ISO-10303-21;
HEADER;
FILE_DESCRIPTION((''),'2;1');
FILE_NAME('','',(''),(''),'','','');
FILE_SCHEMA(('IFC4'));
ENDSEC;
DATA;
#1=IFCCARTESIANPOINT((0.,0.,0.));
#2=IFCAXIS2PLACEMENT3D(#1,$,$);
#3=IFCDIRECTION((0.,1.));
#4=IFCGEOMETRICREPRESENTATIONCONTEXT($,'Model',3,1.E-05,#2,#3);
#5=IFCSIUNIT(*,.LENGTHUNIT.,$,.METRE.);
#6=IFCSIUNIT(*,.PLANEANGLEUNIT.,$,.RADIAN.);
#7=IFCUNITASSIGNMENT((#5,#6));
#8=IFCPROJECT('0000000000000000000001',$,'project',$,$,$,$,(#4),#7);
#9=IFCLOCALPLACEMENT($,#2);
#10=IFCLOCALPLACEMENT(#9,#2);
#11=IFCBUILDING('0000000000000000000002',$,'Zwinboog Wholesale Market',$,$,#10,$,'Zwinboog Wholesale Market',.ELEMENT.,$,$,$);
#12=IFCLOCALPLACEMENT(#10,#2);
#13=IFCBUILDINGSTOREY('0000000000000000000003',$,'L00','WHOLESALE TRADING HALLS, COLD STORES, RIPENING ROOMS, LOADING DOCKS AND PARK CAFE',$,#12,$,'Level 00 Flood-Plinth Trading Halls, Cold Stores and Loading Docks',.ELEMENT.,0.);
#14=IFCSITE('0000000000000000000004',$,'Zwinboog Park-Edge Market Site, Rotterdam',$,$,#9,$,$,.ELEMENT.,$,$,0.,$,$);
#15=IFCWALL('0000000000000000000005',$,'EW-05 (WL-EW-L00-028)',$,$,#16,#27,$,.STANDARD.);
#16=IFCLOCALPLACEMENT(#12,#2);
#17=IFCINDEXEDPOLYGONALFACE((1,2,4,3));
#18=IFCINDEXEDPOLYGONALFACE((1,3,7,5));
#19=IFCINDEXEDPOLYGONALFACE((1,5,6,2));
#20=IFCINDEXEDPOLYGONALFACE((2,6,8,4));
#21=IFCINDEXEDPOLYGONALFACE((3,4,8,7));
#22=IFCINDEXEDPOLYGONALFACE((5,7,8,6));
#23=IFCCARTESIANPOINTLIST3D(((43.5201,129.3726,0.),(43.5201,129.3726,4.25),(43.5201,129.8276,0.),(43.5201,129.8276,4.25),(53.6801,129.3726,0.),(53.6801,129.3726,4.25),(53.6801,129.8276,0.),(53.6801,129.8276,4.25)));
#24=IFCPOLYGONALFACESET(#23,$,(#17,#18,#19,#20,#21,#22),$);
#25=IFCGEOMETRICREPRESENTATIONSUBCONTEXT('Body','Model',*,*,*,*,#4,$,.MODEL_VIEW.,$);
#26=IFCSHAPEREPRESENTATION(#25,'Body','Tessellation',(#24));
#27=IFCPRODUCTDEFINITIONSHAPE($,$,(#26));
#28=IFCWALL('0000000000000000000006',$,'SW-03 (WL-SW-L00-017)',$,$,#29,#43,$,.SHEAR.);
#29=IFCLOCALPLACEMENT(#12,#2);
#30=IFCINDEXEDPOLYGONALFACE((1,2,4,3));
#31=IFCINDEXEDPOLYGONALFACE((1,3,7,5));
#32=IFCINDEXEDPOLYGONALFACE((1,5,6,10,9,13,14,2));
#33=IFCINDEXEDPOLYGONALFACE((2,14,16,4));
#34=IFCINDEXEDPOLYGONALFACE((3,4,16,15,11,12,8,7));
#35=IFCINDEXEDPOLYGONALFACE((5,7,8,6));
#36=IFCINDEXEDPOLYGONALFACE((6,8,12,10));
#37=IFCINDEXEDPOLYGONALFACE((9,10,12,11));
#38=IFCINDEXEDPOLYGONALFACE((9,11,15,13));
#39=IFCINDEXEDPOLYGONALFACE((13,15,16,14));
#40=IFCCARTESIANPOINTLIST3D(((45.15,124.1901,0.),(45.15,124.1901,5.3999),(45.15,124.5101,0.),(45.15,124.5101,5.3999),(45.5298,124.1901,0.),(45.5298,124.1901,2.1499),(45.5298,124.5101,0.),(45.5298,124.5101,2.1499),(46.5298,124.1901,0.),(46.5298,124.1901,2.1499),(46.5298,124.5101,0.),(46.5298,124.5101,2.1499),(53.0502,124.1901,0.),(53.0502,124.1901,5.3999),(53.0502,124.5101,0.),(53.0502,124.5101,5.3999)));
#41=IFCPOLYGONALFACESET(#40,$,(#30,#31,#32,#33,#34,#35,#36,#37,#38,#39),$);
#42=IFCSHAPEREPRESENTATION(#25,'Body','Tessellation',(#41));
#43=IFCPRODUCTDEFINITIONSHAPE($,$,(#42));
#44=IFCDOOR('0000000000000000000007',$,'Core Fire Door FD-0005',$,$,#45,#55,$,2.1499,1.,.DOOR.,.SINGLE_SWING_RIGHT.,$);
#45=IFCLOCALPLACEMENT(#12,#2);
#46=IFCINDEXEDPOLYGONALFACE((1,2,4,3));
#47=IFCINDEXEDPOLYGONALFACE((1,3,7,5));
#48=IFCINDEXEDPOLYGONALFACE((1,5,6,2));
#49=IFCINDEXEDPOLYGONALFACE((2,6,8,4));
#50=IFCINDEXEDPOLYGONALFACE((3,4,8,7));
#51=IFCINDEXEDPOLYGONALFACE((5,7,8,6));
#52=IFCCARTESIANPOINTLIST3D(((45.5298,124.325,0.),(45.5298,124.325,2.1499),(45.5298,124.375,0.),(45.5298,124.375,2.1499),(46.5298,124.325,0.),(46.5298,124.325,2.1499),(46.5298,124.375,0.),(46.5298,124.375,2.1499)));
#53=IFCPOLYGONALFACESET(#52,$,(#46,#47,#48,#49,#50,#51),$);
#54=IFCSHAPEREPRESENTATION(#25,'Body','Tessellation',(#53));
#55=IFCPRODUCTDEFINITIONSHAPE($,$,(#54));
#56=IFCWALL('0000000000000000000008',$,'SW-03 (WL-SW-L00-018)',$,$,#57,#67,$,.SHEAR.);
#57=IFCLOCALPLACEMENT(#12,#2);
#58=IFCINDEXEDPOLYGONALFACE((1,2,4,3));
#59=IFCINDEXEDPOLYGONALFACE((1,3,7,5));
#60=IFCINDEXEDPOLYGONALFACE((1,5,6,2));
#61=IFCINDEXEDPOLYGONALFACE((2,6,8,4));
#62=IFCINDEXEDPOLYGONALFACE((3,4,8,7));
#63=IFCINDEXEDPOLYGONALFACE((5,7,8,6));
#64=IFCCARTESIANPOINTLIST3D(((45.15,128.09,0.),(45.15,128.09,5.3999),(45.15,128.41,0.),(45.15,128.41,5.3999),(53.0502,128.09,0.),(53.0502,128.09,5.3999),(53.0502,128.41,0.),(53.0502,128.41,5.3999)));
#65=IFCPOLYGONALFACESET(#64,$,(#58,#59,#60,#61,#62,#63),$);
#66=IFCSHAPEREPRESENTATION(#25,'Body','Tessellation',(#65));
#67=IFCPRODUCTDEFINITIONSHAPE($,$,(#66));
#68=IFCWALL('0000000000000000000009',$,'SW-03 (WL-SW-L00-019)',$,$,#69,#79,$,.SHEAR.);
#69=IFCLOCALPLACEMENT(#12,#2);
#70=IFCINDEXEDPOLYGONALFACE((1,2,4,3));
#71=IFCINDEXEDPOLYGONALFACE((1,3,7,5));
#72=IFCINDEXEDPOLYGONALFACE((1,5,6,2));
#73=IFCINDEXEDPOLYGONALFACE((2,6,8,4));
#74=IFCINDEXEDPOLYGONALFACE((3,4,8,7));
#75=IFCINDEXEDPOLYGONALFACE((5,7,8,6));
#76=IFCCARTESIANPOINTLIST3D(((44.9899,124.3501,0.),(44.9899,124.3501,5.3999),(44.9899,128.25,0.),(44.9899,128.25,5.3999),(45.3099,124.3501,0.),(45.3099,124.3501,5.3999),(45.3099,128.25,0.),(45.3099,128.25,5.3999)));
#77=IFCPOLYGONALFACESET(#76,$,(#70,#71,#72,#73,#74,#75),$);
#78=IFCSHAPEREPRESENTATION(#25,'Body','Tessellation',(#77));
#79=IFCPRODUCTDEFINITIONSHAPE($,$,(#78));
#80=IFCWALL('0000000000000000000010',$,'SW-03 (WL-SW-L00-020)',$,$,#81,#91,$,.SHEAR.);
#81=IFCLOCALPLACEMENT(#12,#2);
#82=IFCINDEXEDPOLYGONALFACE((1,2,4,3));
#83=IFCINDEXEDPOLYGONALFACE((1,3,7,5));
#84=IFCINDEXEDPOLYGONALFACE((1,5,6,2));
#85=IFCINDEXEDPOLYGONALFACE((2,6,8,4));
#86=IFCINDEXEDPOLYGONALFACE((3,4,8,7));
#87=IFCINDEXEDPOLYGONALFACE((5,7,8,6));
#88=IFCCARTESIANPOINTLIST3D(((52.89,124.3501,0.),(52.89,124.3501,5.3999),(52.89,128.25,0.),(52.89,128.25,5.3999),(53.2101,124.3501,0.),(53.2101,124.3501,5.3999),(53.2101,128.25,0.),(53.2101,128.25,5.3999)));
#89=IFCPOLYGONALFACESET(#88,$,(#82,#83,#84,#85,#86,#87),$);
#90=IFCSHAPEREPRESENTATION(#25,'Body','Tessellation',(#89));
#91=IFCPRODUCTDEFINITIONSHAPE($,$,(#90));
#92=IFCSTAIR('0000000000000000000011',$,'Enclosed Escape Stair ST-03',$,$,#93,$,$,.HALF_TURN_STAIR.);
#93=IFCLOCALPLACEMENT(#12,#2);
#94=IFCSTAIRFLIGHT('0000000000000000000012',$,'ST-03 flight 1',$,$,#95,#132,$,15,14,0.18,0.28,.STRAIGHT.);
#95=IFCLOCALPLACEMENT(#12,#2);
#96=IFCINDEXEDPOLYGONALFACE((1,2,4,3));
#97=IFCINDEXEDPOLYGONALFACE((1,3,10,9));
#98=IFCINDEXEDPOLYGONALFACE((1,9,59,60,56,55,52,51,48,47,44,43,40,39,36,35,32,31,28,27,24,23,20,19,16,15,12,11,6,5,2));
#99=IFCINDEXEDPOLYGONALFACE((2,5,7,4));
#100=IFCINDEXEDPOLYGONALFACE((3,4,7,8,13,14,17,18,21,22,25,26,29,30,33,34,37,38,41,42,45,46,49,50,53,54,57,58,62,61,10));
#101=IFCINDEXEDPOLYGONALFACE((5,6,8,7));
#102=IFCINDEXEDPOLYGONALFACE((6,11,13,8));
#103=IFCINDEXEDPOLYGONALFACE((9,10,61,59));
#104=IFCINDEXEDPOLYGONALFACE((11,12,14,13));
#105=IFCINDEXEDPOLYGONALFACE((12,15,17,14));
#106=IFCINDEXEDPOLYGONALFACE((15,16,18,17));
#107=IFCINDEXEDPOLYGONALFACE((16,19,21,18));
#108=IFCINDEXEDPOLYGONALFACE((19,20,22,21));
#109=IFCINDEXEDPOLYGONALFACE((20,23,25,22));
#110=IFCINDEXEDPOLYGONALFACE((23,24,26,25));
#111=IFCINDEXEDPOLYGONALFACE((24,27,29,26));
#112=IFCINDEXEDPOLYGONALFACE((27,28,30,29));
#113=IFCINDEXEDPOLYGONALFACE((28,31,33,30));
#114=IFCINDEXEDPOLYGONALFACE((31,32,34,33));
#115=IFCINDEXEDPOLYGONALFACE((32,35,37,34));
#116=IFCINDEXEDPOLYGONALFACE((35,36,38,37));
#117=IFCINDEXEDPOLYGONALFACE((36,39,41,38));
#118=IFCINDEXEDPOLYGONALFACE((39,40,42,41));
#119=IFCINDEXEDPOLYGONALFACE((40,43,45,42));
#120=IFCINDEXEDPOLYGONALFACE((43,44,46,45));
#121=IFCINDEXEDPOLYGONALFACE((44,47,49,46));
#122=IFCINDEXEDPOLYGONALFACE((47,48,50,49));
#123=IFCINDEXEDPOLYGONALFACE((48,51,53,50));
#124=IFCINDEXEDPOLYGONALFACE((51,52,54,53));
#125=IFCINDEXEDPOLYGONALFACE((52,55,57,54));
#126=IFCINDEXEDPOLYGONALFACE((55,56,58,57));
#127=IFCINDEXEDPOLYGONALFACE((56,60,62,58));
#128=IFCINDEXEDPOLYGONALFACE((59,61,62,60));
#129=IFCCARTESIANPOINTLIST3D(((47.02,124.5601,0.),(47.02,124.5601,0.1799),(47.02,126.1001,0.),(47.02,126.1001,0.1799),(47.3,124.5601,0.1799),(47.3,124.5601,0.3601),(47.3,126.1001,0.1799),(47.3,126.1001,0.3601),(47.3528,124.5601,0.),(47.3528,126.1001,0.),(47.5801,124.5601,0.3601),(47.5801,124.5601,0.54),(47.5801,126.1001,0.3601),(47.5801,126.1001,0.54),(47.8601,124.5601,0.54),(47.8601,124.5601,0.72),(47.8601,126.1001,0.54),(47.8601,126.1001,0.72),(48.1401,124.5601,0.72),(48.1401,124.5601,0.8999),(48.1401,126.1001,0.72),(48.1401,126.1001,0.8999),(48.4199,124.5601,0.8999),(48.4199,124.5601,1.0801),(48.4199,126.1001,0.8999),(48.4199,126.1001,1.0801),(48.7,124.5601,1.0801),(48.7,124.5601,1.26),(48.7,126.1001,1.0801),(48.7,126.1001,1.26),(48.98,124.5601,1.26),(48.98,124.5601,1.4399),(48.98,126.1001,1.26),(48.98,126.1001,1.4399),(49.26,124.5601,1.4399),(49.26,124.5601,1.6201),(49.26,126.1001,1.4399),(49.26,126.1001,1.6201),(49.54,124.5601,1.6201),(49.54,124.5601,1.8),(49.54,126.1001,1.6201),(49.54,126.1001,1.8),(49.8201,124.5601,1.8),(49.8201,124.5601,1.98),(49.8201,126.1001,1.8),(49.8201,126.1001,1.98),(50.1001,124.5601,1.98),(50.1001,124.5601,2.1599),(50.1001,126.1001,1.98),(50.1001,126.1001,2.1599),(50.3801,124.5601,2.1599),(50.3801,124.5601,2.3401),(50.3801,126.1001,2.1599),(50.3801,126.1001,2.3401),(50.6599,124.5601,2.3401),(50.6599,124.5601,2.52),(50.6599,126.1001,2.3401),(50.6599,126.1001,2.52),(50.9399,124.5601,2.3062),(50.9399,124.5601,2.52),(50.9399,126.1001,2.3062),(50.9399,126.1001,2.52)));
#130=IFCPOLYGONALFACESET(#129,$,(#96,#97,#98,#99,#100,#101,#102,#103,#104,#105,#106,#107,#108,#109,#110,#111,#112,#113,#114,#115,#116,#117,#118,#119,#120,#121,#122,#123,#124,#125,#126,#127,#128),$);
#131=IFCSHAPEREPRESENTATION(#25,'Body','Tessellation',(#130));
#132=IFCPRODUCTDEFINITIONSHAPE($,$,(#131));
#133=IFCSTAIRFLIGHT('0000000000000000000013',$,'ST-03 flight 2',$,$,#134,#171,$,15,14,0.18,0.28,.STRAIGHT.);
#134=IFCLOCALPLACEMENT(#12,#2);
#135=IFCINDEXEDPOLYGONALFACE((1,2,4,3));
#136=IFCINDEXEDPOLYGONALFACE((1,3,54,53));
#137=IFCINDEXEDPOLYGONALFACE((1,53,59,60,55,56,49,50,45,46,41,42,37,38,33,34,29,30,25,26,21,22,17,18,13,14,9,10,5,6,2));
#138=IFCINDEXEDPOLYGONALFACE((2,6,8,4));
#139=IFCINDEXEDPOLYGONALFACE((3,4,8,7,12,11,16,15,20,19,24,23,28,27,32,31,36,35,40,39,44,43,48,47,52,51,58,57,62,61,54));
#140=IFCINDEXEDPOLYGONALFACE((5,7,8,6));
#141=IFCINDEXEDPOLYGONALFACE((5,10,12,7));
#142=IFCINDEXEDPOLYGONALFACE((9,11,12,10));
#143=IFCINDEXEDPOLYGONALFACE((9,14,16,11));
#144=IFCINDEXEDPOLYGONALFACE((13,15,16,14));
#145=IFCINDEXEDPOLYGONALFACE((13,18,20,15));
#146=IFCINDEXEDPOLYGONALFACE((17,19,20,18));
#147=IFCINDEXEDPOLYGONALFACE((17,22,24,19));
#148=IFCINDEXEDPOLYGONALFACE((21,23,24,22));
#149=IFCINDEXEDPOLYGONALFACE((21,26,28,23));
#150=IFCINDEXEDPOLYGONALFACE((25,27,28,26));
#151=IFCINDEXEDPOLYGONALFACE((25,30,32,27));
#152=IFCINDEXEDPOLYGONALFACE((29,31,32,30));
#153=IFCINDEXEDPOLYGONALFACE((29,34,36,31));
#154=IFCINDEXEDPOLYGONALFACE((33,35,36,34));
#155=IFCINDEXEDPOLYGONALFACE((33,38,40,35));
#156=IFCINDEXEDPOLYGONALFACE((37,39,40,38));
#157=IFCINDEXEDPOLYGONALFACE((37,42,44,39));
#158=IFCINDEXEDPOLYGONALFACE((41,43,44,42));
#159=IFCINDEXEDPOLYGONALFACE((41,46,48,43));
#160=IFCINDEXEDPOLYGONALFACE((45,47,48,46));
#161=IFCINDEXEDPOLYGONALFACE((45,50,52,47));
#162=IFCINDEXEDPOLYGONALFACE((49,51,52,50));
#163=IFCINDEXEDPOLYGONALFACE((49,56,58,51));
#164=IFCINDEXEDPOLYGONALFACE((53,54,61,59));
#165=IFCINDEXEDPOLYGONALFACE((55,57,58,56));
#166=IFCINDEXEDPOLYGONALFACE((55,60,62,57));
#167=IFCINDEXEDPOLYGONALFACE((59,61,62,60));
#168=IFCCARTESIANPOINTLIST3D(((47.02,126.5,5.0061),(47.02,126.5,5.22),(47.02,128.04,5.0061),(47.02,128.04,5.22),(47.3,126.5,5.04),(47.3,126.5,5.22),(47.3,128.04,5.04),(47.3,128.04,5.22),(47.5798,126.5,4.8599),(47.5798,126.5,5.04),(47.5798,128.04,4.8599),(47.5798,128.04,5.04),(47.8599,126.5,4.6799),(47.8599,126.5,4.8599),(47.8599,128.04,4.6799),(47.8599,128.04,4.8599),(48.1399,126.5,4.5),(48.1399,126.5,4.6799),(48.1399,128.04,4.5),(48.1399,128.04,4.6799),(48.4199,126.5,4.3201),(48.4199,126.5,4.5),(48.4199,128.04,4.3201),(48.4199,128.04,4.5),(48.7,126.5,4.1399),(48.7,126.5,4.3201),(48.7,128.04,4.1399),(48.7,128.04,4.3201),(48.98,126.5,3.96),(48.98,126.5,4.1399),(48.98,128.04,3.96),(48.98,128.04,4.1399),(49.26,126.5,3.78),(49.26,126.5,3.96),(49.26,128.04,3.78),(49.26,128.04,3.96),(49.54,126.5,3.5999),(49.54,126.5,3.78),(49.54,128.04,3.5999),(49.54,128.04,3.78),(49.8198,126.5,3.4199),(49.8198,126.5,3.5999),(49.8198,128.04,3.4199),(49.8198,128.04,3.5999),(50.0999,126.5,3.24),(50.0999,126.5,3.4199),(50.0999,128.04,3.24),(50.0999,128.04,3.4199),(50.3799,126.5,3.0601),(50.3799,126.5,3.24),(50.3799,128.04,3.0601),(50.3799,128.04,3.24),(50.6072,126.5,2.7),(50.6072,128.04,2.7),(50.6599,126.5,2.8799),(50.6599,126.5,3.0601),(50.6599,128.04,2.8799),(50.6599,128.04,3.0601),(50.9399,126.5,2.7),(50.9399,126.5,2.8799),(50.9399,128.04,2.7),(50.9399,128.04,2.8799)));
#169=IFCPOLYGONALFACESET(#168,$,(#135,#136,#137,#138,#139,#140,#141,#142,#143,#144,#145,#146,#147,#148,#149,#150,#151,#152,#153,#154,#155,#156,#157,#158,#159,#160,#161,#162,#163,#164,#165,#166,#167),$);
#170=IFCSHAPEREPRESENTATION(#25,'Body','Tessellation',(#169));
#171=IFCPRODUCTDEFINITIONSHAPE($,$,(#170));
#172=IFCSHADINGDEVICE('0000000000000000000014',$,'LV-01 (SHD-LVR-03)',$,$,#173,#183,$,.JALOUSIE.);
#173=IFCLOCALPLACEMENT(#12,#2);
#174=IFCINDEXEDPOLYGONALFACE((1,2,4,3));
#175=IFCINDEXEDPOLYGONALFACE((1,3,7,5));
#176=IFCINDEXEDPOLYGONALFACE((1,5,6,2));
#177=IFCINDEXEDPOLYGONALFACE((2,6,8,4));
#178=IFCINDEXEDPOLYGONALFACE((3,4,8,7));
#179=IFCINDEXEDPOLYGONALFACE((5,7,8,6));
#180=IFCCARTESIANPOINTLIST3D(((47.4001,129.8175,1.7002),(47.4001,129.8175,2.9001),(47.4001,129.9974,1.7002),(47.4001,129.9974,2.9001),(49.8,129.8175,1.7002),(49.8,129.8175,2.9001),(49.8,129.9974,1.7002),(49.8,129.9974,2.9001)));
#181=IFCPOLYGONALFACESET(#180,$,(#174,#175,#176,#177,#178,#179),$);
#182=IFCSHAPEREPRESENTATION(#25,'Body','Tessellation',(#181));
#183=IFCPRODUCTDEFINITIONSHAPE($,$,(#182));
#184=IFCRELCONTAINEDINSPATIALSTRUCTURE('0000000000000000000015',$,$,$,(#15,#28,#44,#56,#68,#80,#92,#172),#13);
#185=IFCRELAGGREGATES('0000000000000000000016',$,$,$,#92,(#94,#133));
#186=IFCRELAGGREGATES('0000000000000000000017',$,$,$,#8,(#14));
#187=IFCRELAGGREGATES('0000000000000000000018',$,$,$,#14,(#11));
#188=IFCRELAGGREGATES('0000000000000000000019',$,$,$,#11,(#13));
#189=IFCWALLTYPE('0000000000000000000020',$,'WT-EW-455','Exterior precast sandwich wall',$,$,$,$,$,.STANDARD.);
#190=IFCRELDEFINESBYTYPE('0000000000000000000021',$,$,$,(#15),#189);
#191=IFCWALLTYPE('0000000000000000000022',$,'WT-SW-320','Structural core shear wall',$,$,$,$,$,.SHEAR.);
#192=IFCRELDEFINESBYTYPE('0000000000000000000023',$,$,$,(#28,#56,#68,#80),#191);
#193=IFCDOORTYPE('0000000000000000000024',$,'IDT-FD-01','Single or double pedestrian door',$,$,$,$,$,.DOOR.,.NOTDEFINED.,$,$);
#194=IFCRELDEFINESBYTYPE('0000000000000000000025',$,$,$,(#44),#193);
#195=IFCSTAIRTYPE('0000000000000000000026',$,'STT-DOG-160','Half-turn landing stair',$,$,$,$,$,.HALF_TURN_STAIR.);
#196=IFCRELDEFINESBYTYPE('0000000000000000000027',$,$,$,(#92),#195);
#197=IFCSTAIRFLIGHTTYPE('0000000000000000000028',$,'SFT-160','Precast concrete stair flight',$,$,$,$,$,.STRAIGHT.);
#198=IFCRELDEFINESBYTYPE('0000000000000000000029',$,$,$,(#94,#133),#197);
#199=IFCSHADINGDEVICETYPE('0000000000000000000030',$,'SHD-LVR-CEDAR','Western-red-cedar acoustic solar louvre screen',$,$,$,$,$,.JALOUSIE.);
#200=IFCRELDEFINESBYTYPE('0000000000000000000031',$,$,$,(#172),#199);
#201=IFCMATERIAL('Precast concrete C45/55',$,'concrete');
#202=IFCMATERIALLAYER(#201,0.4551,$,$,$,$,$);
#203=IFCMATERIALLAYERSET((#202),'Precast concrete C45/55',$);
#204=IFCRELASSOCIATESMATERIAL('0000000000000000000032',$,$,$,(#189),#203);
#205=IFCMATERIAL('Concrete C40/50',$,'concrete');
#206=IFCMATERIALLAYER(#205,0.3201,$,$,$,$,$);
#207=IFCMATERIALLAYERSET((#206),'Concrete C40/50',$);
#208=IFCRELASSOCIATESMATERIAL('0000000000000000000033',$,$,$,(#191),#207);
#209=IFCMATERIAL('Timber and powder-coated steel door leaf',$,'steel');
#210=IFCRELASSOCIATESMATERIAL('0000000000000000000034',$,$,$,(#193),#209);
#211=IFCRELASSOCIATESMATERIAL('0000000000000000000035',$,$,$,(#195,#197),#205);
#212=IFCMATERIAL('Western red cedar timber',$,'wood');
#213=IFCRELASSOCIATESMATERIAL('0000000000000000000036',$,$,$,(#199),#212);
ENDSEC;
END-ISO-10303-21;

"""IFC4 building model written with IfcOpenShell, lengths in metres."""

from ifc_helpers import new_model, si_unit, direction, frame, frame_2d, origin, origin_2d, place, context, subcontext, project, spatial, polyline, rectangle, outline, extrude, material, layer, layer_set, type_object, element, fill, aggregate, save


model = new_model("IFC4")

# Units and contexts
model_context = context("Model", 3, precision=1e-05, world=origin(), true_north=direction((0.0, 1.0)))
body_context = subcontext(model_context, "Body", "Model", "MODEL_VIEW")
ifc_project = project(units=[si_unit("LENGTHUNIT", "METRE"), si_unit("PLANEANGLEUNIT", "RADIAN")], contexts=[model_context])

# Site, building, storey
site_placement = place(None, origin())
site = spatial("IfcSite", under=ifc_project, at=site_placement, Name="Zwinboog Park-Edge Market Site, Rotterdam", CompositionType="ELEMENT", RefElevation=0.0)
building_placement = place(site_placement, origin())
building = spatial("IfcBuilding", under=site, at=building_placement, Name="Zwinboog Wholesale Market", LongName="Zwinboog Wholesale Market", CompositionType="ELEMENT")
storey_placement = place(building_placement, origin())
storey = spatial("IfcBuildingStorey", under=building, at=storey_placement, Name="L00", Description="WHOLESALE TRADING HALLS, COLD STORES, RIPENING ROOMS, LOADING DOCKS AND PARK CAFE", LongName="Level 00 Flood-Plinth Trading Halls, Cold Stores and Loading Docks", CompositionType="ELEMENT", Elevation=0.0)

# Shared definitions
ifc_material_1 = material(Name="Concrete C40/50", Category="concrete")

# Shared definitions
ifc_material_2 = material(Name="Precast concrete C45/55", Category="concrete")

# Wall
ifc_layer_1 = layer(ifc_material_2, 0.4551)
ifc_layer_set_1 = layer_set([ifc_layer_1], Name="Precast concrete C45/55")
wall_type_1 = type_object("IfcWallType", Name="WT-EW-455", Description="Exterior precast sandwich wall", PredefinedType="STANDARD", material=ifc_layer_set_1)
wall_1_placement = place(storey_placement, frame((43.52, 129.6001, 0.0), z_axis=(0.0, 0.0, 1.0), x_axis=(1.0, 0.0, 0.0)))
element("IfcWall", 1, at=wall_1_placement, inside=storey, type_object=wall_type_1, Name="EW-05 (WL-EW-L00-028)", PredefinedType="STANDARD", context=body_context, shape_type="SweptSolid", body=[
    extrude(rectangle(XDim=10.1599, YDim=0.4551, at=frame_2d((5.0801, 0.0))), origin(), (0.0, 0.0, 1.0), 4.25),
])

# Wall, opening, door
ifc_layer_2 = layer(ifc_material_1, 0.3201)
ifc_layer_set_2 = layer_set([ifc_layer_2], Name="Concrete C40/50")
wall_type_2 = type_object("IfcWallType", Name="WT-SW-320", Description="Structural core shear wall", PredefinedType="SHEAR", material=ifc_layer_set_2)
wall_2_placement = place(storey_placement, frame((45.1499, 124.3501, 0.0), z_axis=(0.0, 0.0, 1.0), x_axis=(1.0, 0.0, 0.0)))
wall_2 = element("IfcWall", 2, at=wall_2_placement, inside=storey, type_object=wall_type_2, Name="SW-03 (WL-SW-L00-017)", PredefinedType="SHEAR", context=body_context, shape_type="SweptSolid", body=[
    extrude(rectangle(XDim=7.9001, YDim=0.3201, at=frame_2d((3.9502, 0.0))), origin(), (0.0, 0.0, 1.0), 5.3999),
])
opening_placement = place(wall_2_placement, frame((0.3799, 0.0, 0.0)))
opening = element("IfcOpeningElement", 3, at=opening_placement, cuts=wall_2, PredefinedType="OPENING", context=body_context, shape_type="SweptSolid", body=[
    extrude(rectangle(XDim=1.0, YDim=2.1499, at=frame_2d((0.5, 1.075))), frame((0.0, 0.1699, 0.0), z_axis=(0.0, -1.0, 0.0), x_axis=(1.0, 0.0, 0.0)), (0.0, 0.0, 1.0), 0.3401),
])
ifc_material_3 = material(Name="Timber and powder-coated steel door leaf", Category="steel")
door_type = type_object("IfcDoorType", Name="IDT-FD-01", Description="Single or double pedestrian door", OperationType="NOTDEFINED", PredefinedType="DOOR", material=ifc_material_3)
door_placement = place(opening_placement, origin())
door = element("IfcDoor", 4, at=door_placement, inside=storey, type_object=door_type, Name="Core Fire Door FD-0005", OperationType="SINGLE_SWING_RIGHT", OverallHeight=2.1499, OverallWidth=1.0, PredefinedType="DOOR", context=body_context, shape_type="SweptSolid", body=[
    extrude(rectangle(XDim=1.0, YDim=2.1499, at=frame_2d((0.5, 1.075))), frame((0.0, 0.0249, 0.0), z_axis=(0.0, -1.0, 0.0), x_axis=(1.0, 0.0, 0.0)), (0.0, 0.0, 1.0), 0.05),
])
fill(opening, door)

# Walls
wall_3_placement = place(storey_placement, frame((45.1499, 128.25, 0.0), z_axis=(0.0, 0.0, 1.0), x_axis=(1.0, 0.0, 0.0)))
element("IfcWall", 5, at=wall_3_placement, inside=storey, type_object=wall_type_2, Name="SW-03 (WL-SW-L00-018)", PredefinedType="SHEAR", context=body_context, shape_type="SweptSolid", body=[
    extrude(rectangle(XDim=7.9001, YDim=0.3201, at=frame_2d((3.9502, 0.0))), origin(), (0.0, 0.0, 1.0), 5.3999),
])
for number, where, z_axis, x_axis, name in (
    (6, (45.1499, 124.3501, 0.0), (0.0, 0.0, 1.0), (0.0, 1.0, 0.0), "SW-03 (WL-SW-L00-019)"),
    (7, (53.05, 124.3501, 0.0), (0.0, 0.0, 1.0), (0.0, 1.0, 0.0), "SW-03 (WL-SW-L00-020)"),
):
    element("IfcWall", number, at=place(storey_placement, frame(where, z_axis=z_axis, x_axis=x_axis)), inside=storey, type_object=wall_type_2, Name=name, PredefinedType="SHEAR", context=body_context, shape_type="SweptSolid", body=[
        extrude(rectangle(XDim=3.8999, YDim=0.3201, at=frame_2d((1.95, 0.0))), origin(), (0.0, 0.0, 1.0), 5.3999),
    ])

# Stair, stair flights
stair_type = type_object("IfcStairType", Name="STT-DOG-160", Description="Half-turn landing stair", PredefinedType="HALF_TURN_STAIR", material=ifc_material_1)
stair_placement = place(storey_placement, origin())
stair = element("IfcStair", 8, at=stair_placement, inside=storey, type_object=stair_type, Name="Enclosed Escape Stair ST-03", PredefinedType="HALF_TURN_STAIR")
stair_flight_type = type_object("IfcStairFlightType", Name="SFT-160", Description="Precast concrete stair flight", PredefinedType="STRAIGHT", material=ifc_material_1)
stair_flight_1_placement = place(storey_placement, frame((47.02, 125.3301, 0.0), z_axis=(0.0, 0.0, 1.0), x_axis=(1.0, 0.0, 0.0)))
stair_flight_1 = element("IfcStairFlight", 9, at=stair_flight_1_placement, type_object=stair_flight_type, Name="ST-03 flight 1", NumberOfRisers=15, NumberOfTreads=14, PredefinedType="STRAIGHT", RiserHeight=0.18, TreadLength=0.28, context=body_context, shape_type="SweptSolid", body=[
    extrude(outline(polyline([(0.0, 0.0), (0.0, 0.1799), (0.28, 0.1799), (0.28, 0.3601), (0.5601, 0.3601), (0.5601, 0.54), (0.8401, 0.54), (0.8401, 0.72), (1.1201, 0.72), (1.1201, 0.8999), (1.3999, 0.8999), (1.3999, 1.0801), (1.6799, 1.0801), (1.6799, 1.26), (1.96, 1.26), (1.96, 1.4399), (2.24, 1.4399), (2.24, 1.6201), (2.52, 1.6201), (2.52, 1.8), (2.8, 1.8), (2.8, 1.98), (3.0801, 1.98), (3.0801, 2.1599), (3.3601, 2.1599), (3.3601, 2.3401), (3.6399, 2.3401), (3.6399, 2.52), (3.9199, 2.52), (3.9199, 2.7), (3.9199, 2.3062), (0.3328, 0.0), (0.0, 0.0)])), frame((0.0, 0.77, 0.0), z_axis=(0.0, -1.0, 0.0), x_axis=(1.0, 0.0, 0.0)), (0.0, 0.0, 1.0), 1.54),
])
stair_flight_2_placement = place(storey_placement, frame((50.9399, 127.27, 2.7), z_axis=(0.0, 0.0, 1.0), x_axis=(-1.0, 0.0, 0.0)))
stair_flight_2 = element("IfcStairFlight", 10, at=stair_flight_2_placement, type_object=stair_flight_type, Name="ST-03 flight 2", NumberOfRisers=15, NumberOfTreads=14, PredefinedType="STRAIGHT", RiserHeight=0.18, TreadLength=0.28, context=body_context, shape_type="SweptSolid", body=[
    extrude(outline(polyline([(0.0, 0.0), (0.0, 0.1799), (0.28, 0.1799), (0.28, 0.3601), (0.5601, 0.3601), (0.5601, 0.54), (0.8401, 0.54), (0.8401, 0.72), (1.1201, 0.72), (1.1201, 0.8999), (1.3999, 0.8999), (1.3999, 1.0801), (1.6799, 1.0801), (1.6799, 1.26), (1.96, 1.26), (1.96, 1.4399), (2.24, 1.4399), (2.24, 1.6201), (2.52, 1.6201), (2.52, 1.8), (2.8, 1.8), (2.8, 1.98), (3.0801, 1.98), (3.0801, 2.1599), (3.3601, 2.1599), (3.3601, 2.3401), (3.6399, 2.3401), (3.6399, 2.52), (3.9199, 2.52), (3.9199, 2.7), (3.9199, 2.3062), (0.3328, 0.0), (0.0, 0.0)])), frame((0.0, 0.77, 0.0), z_axis=(0.0, -1.0, 0.0), x_axis=(1.0, 0.0, 0.0)), (0.0, 0.0, 1.0), 1.54),
])
aggregate(stair, [stair_flight_1, stair_flight_2])

# Shading device
ifc_material_4 = material(Name="Western red cedar timber", Category="wood")
shading_device_type = type_object("IfcShadingDeviceType", Name="SHD-LVR-CEDAR", Description="Western-red-cedar acoustic solar louvre screen", PredefinedType="JALOUSIE", material=ifc_material_4)
shading_device_placement = place(storey_placement, frame((48.6001, 129.9075, 1.7002), z_axis=(0.0, 0.0, 1.0), x_axis=(1.0, 0.0, 0.0)))
element("IfcShadingDevice", 11, at=shading_device_placement, inside=storey, type_object=shading_device_type, Name="LV-01 (SHD-LVR-03)", PredefinedType="JALOUSIE", context=body_context, shape_type="SweptSolid", body=[
    extrude(rectangle(XDim=2.3999, YDim=0.1799, at=origin_2d()), origin(), (0.0, 0.0, 1.0), 1.2),
])

save(model, "model.ifc")
